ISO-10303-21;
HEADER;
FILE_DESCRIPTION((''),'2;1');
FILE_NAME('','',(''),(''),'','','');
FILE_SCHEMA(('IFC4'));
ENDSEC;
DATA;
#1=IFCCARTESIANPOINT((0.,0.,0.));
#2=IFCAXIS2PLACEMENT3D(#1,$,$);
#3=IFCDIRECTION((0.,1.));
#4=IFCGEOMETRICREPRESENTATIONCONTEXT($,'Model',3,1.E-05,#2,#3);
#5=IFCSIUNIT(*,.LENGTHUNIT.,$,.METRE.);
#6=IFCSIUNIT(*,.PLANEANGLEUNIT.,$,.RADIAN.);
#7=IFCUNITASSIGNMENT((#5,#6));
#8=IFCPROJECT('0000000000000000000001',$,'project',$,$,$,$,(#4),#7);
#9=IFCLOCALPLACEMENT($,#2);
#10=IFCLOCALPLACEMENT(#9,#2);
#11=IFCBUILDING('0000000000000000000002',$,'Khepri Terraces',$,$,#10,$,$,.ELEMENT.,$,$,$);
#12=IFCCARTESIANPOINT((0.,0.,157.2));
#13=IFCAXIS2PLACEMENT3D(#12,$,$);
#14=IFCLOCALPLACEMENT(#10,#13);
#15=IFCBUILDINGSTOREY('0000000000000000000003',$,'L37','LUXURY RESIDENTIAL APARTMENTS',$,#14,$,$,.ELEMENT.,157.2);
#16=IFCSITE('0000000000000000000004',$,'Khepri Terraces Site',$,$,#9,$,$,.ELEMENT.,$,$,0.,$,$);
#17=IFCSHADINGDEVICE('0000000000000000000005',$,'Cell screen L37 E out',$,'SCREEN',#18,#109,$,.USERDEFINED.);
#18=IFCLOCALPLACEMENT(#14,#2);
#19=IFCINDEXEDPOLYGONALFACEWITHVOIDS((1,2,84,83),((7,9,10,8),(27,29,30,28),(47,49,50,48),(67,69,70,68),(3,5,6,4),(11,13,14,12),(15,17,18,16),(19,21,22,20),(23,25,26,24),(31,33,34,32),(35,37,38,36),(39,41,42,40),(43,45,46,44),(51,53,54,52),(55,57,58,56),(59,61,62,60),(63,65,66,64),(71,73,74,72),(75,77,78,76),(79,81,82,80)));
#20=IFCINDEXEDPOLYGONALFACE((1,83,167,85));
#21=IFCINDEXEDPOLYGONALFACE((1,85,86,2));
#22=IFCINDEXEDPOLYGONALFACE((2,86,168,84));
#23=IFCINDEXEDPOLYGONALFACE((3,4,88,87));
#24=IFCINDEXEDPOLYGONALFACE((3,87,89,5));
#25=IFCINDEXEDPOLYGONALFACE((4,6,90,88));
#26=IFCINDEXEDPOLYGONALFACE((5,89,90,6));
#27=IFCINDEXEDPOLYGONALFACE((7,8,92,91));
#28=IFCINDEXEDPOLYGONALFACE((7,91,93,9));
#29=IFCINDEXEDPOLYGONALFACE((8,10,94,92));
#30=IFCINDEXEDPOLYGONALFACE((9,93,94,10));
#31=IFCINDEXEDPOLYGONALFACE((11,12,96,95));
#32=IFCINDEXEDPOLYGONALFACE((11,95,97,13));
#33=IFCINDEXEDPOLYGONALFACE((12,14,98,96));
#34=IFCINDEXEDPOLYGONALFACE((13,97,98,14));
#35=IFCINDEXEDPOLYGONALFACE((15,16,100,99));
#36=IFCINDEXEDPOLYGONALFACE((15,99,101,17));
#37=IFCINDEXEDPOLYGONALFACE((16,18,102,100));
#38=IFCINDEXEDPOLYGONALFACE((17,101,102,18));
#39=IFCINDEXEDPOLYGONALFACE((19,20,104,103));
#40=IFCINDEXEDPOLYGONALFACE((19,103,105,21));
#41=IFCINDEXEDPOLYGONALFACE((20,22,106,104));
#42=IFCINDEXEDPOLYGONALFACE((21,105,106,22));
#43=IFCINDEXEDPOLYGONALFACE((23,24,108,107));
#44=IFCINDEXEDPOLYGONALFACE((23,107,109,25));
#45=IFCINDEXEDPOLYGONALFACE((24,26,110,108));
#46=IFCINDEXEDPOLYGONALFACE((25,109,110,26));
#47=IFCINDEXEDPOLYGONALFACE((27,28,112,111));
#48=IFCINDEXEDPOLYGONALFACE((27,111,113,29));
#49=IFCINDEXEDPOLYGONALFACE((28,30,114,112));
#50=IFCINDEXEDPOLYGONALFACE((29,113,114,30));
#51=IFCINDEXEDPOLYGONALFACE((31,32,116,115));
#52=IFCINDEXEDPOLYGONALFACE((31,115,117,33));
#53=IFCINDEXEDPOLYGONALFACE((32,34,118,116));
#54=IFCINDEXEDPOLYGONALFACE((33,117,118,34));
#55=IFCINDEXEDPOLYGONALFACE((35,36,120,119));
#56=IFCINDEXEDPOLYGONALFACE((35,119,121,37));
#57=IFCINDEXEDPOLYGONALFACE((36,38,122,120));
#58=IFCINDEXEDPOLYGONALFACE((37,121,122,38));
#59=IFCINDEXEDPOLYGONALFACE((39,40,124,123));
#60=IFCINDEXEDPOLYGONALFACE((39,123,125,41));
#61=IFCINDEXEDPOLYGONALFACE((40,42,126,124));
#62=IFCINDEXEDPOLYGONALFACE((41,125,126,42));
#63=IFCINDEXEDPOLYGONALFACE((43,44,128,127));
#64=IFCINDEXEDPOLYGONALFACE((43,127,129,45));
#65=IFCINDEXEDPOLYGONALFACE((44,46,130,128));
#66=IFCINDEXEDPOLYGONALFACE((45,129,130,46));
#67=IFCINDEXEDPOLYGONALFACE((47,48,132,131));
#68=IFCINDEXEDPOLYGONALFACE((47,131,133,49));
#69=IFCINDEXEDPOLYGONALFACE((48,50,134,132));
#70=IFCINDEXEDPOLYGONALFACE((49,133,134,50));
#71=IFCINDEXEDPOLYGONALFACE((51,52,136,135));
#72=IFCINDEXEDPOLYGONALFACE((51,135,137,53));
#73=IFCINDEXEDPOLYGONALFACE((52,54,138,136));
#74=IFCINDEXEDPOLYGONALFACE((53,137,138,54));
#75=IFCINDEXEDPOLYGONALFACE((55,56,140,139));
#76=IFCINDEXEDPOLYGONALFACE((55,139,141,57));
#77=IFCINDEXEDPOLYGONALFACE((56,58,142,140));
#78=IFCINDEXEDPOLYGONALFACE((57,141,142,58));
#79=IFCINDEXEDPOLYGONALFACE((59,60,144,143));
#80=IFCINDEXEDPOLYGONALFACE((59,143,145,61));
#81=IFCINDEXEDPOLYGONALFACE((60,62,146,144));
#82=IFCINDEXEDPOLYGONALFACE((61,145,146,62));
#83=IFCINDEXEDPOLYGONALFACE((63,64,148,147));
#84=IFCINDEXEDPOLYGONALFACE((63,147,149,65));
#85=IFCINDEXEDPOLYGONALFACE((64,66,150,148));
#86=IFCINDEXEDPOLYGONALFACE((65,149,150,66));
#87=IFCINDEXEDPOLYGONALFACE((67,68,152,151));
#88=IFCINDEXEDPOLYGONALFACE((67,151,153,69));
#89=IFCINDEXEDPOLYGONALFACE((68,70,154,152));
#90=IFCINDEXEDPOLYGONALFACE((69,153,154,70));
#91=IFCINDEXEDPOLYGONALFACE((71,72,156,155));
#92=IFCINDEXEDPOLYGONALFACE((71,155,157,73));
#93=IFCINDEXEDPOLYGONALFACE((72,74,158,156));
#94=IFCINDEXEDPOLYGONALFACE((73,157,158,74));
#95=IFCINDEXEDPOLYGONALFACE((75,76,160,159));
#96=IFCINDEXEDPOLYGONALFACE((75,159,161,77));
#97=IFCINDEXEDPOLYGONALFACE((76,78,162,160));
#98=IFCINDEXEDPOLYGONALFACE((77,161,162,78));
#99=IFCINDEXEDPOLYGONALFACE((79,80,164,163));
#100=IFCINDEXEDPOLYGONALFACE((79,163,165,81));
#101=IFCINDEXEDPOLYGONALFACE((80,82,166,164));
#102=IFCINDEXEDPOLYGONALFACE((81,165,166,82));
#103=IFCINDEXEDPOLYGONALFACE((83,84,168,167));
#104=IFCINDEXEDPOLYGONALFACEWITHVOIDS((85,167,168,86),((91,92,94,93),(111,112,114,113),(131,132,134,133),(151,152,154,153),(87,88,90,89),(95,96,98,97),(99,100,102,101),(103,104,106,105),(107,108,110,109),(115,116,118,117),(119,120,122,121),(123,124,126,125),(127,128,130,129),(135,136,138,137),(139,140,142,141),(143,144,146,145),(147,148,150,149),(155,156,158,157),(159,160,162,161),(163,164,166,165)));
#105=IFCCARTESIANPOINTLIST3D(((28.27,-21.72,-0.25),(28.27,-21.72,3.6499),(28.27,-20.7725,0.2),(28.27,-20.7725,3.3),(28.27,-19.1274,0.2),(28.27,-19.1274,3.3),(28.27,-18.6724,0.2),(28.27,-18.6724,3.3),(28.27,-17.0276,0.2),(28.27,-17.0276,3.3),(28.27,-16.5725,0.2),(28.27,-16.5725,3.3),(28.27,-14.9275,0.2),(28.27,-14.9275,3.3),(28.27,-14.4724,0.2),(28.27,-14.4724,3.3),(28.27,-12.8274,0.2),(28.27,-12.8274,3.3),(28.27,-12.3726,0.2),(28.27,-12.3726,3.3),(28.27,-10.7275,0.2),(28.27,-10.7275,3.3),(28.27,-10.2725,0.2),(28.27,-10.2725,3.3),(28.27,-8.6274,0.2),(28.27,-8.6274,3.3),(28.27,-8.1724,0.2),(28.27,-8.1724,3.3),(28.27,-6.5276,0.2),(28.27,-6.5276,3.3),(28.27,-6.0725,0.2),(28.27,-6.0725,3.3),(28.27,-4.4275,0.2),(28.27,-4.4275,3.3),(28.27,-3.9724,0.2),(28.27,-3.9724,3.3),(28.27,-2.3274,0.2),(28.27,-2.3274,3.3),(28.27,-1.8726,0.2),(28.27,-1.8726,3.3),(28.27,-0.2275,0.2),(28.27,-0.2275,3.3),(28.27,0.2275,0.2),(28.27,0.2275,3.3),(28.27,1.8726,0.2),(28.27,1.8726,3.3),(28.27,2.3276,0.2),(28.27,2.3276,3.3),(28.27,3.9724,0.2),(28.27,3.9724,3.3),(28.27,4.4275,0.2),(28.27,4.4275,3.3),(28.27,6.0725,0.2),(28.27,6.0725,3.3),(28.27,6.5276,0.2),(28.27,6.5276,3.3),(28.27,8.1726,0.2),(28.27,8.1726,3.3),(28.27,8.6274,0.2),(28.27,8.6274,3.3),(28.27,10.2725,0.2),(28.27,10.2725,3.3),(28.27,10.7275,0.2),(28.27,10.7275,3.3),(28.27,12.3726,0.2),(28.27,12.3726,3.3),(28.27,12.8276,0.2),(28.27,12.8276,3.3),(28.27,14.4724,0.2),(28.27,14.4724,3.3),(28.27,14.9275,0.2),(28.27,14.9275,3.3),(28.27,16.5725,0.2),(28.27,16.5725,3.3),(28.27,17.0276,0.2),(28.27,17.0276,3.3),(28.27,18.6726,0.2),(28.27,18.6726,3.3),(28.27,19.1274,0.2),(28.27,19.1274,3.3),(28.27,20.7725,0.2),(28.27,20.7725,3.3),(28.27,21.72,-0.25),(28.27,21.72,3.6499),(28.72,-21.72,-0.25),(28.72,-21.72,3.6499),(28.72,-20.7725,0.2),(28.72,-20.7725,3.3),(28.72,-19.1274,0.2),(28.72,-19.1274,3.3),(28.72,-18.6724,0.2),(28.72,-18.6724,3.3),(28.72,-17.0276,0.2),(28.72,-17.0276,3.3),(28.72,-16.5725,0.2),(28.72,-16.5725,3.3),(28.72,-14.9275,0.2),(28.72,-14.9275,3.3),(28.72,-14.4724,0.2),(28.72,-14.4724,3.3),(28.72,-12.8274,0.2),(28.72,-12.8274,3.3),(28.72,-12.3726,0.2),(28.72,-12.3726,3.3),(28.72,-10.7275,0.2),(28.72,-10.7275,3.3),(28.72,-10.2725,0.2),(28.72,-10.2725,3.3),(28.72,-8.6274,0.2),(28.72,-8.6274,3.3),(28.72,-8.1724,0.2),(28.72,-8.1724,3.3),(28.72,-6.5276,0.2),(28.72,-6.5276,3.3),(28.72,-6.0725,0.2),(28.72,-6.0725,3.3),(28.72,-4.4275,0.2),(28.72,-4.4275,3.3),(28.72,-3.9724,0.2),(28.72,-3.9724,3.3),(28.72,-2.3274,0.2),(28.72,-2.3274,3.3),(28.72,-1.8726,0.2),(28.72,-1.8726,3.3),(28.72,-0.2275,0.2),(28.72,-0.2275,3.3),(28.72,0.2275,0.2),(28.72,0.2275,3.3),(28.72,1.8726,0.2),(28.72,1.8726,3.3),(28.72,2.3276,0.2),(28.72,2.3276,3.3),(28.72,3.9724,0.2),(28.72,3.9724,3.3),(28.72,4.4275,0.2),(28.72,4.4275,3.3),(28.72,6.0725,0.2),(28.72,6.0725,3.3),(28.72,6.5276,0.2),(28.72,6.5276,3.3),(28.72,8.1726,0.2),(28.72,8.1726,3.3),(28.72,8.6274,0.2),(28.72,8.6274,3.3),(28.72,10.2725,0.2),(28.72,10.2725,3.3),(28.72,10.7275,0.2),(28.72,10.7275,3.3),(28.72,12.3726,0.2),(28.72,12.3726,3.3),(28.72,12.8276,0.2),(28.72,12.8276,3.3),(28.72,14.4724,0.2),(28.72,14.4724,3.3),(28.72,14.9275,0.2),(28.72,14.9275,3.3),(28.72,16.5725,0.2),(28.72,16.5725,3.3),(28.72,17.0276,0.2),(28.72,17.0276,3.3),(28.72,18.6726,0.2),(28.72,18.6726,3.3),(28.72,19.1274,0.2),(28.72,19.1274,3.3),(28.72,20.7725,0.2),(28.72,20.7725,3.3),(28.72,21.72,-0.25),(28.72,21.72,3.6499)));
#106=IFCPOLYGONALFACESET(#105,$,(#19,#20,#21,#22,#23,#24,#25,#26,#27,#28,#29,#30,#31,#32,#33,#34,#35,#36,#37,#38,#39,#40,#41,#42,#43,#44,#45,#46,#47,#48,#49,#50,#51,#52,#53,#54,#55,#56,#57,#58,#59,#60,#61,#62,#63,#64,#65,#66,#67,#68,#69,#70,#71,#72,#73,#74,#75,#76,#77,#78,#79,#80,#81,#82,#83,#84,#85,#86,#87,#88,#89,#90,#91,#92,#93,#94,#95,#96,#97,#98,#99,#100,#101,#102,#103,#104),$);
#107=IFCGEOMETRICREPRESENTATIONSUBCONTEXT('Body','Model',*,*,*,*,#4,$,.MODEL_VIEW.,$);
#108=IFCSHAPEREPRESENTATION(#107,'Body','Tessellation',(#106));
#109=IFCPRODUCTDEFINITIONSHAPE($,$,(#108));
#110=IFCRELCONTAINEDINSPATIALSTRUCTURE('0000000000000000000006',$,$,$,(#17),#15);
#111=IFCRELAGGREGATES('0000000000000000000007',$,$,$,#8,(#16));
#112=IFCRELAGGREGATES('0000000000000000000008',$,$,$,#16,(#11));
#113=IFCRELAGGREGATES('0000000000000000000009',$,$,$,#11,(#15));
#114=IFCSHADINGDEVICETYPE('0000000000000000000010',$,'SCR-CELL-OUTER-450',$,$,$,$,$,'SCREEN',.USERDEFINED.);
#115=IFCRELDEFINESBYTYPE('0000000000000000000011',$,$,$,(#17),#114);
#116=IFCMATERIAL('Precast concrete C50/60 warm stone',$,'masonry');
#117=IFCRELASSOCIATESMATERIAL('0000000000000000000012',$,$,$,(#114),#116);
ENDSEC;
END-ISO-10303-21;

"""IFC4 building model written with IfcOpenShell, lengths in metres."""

from ifc_helpers import new_model, si_unit, direction, frame, origin, place, context, subcontext, project, spatial, polyline, outline, extrude, material, type_object, element, save


model = new_model("IFC4")

# Units and contexts
model_context = context("Model", 3, precision=1e-05, world=origin(), true_north=direction((0.0, 1.0)))
body_context = subcontext(model_context, "Body", "Model", "MODEL_VIEW")
ifc_project = project(units=[si_unit("LENGTHUNIT", "METRE"), si_unit("PLANEANGLEUNIT", "RADIAN")], contexts=[model_context])

# Site, building, storey
site_placement = place(None, origin())
site = spatial("IfcSite", under=ifc_project, at=site_placement, Name="Khepri Terraces Site", CompositionType="ELEMENT", RefElevation=0.0)
building_placement = place(site_placement, origin())
building = spatial("IfcBuilding", under=site, at=building_placement, Name="Khepri Terraces", CompositionType="ELEMENT")
storey_placement = place(building_placement, frame((0.0, 0.0, 157.2)))
storey = spatial("IfcBuildingStorey", under=building, at=storey_placement, Name="L37", Description="LUXURY RESIDENTIAL APARTMENTS", CompositionType="ELEMENT", Elevation=157.2)

# Shared definitions
ifc_material_1 = material(Name="Precast concrete C50/60 warm stone", Category="masonry")

# Shading device
shading_device_type_1 = type_object("IfcShadingDeviceType", Name="SCR-CELL-OUTER-450", ElementType="SCREEN", PredefinedType="USERDEFINED", material=ifc_material_1)
shading_device_1_placement = place(storey_placement, frame((28.27, -21.72, -0.25), z_axis=(1.0, 0.0, 0.0), x_axis=(0.0, 1.0, 0.0)))
element("IfcShadingDevice", 1, at=shading_device_1_placement, inside=storey, type_object=shading_device_type_1, Name="Cell screen L37 E out", ObjectType="SCREEN", PredefinedType="USERDEFINED", context=body_context, shape_type="SweptSolid", body=[
    extrude(outline(polyline([(0.0, 0.0), (43.4399, 0.0), (43.4399, 3.8999), (0.0, 3.8999), (0.0, 0.0)]), holes=[polyline([(0.9475, 0.45), (2.5925, 0.45), (2.5925, 3.55), (0.9475, 3.55), (0.9475, 0.45)]), polyline([(3.0476, 0.45), (4.6924, 0.45), (4.6924, 3.55), (3.0476, 3.55), (3.0476, 0.45)]), polyline([(5.1475, 0.45), (6.7925, 0.45), (6.7925, 3.55), (5.1475, 3.55), (5.1475, 0.45)]), polyline([(7.2476, 0.45), (8.8926, 0.45), (8.8926, 3.55), (7.2476, 3.55), (7.2476, 0.45)]), polyline([(9.3474, 0.45), (10.9924, 0.45), (10.9924, 3.55), (9.3474, 3.55), (9.3474, 0.45)]), polyline([(11.4475, 0.45), (13.0925, 0.45), (13.0925, 3.55), (11.4475, 3.55), (11.4475, 0.45)]), polyline([(13.5476, 0.45), (15.1924, 0.45), (15.1924, 3.55), (13.5476, 3.55), (13.5476, 0.45)]), polyline([(15.6475, 0.45), (17.2925, 0.45), (17.2925, 3.55), (15.6475, 3.55), (15.6475, 0.45)]), polyline([(17.7476, 0.45), (19.3926, 0.45), (19.3926, 3.55), (17.7476, 3.55), (17.7476, 0.45)]), polyline([(19.8474, 0.45), (21.4924, 0.45), (21.4924, 3.55), (19.8474, 3.55), (19.8474, 0.45)]), polyline([(21.9475, 0.45), (23.5925, 0.45), (23.5925, 3.55), (21.9475, 3.55), (21.9475, 0.45)]), polyline([(24.0476, 0.45), (25.6924, 0.45), (25.6924, 3.55), (24.0476, 3.55), (24.0476, 0.45)]), polyline([(26.1475, 0.45), (27.7925, 0.45), (27.7925, 3.55), (26.1475, 3.55), (26.1475, 0.45)]), polyline([(28.2476, 0.45), (29.8926, 0.45), (29.8926, 3.55), (28.2476, 3.55), (28.2476, 0.45)]), polyline([(30.3474, 0.45), (31.9924, 0.45), (31.9924, 3.55), (30.3474, 3.55), (30.3474, 0.45)]), polyline([(32.4475, 0.45), (34.0925, 0.45), (34.0925, 3.55), (32.4475, 3.55), (32.4475, 0.45)]), polyline([(34.5476, 0.45), (36.1924, 0.45), (36.1924, 3.55), (34.5476, 3.55), (34.5476, 0.45)]), polyline([(36.6475, 0.45), (38.2925, 0.45), (38.2925, 3.55), (36.6475, 3.55), (36.6475, 0.45)]), polyline([(38.7476, 0.45), (40.3926, 0.45), (40.3926, 3.55), (38.7476, 3.55), (38.7476, 0.45)]), polyline([(40.8474, 0.45), (42.4924, 0.45), (42.4924, 3.55), (40.8474, 3.55), (40.8474, 0.45)])]), origin(), (0.0, 0.0, 1.0), 0.45),
])

save(model, "model.ifc")
